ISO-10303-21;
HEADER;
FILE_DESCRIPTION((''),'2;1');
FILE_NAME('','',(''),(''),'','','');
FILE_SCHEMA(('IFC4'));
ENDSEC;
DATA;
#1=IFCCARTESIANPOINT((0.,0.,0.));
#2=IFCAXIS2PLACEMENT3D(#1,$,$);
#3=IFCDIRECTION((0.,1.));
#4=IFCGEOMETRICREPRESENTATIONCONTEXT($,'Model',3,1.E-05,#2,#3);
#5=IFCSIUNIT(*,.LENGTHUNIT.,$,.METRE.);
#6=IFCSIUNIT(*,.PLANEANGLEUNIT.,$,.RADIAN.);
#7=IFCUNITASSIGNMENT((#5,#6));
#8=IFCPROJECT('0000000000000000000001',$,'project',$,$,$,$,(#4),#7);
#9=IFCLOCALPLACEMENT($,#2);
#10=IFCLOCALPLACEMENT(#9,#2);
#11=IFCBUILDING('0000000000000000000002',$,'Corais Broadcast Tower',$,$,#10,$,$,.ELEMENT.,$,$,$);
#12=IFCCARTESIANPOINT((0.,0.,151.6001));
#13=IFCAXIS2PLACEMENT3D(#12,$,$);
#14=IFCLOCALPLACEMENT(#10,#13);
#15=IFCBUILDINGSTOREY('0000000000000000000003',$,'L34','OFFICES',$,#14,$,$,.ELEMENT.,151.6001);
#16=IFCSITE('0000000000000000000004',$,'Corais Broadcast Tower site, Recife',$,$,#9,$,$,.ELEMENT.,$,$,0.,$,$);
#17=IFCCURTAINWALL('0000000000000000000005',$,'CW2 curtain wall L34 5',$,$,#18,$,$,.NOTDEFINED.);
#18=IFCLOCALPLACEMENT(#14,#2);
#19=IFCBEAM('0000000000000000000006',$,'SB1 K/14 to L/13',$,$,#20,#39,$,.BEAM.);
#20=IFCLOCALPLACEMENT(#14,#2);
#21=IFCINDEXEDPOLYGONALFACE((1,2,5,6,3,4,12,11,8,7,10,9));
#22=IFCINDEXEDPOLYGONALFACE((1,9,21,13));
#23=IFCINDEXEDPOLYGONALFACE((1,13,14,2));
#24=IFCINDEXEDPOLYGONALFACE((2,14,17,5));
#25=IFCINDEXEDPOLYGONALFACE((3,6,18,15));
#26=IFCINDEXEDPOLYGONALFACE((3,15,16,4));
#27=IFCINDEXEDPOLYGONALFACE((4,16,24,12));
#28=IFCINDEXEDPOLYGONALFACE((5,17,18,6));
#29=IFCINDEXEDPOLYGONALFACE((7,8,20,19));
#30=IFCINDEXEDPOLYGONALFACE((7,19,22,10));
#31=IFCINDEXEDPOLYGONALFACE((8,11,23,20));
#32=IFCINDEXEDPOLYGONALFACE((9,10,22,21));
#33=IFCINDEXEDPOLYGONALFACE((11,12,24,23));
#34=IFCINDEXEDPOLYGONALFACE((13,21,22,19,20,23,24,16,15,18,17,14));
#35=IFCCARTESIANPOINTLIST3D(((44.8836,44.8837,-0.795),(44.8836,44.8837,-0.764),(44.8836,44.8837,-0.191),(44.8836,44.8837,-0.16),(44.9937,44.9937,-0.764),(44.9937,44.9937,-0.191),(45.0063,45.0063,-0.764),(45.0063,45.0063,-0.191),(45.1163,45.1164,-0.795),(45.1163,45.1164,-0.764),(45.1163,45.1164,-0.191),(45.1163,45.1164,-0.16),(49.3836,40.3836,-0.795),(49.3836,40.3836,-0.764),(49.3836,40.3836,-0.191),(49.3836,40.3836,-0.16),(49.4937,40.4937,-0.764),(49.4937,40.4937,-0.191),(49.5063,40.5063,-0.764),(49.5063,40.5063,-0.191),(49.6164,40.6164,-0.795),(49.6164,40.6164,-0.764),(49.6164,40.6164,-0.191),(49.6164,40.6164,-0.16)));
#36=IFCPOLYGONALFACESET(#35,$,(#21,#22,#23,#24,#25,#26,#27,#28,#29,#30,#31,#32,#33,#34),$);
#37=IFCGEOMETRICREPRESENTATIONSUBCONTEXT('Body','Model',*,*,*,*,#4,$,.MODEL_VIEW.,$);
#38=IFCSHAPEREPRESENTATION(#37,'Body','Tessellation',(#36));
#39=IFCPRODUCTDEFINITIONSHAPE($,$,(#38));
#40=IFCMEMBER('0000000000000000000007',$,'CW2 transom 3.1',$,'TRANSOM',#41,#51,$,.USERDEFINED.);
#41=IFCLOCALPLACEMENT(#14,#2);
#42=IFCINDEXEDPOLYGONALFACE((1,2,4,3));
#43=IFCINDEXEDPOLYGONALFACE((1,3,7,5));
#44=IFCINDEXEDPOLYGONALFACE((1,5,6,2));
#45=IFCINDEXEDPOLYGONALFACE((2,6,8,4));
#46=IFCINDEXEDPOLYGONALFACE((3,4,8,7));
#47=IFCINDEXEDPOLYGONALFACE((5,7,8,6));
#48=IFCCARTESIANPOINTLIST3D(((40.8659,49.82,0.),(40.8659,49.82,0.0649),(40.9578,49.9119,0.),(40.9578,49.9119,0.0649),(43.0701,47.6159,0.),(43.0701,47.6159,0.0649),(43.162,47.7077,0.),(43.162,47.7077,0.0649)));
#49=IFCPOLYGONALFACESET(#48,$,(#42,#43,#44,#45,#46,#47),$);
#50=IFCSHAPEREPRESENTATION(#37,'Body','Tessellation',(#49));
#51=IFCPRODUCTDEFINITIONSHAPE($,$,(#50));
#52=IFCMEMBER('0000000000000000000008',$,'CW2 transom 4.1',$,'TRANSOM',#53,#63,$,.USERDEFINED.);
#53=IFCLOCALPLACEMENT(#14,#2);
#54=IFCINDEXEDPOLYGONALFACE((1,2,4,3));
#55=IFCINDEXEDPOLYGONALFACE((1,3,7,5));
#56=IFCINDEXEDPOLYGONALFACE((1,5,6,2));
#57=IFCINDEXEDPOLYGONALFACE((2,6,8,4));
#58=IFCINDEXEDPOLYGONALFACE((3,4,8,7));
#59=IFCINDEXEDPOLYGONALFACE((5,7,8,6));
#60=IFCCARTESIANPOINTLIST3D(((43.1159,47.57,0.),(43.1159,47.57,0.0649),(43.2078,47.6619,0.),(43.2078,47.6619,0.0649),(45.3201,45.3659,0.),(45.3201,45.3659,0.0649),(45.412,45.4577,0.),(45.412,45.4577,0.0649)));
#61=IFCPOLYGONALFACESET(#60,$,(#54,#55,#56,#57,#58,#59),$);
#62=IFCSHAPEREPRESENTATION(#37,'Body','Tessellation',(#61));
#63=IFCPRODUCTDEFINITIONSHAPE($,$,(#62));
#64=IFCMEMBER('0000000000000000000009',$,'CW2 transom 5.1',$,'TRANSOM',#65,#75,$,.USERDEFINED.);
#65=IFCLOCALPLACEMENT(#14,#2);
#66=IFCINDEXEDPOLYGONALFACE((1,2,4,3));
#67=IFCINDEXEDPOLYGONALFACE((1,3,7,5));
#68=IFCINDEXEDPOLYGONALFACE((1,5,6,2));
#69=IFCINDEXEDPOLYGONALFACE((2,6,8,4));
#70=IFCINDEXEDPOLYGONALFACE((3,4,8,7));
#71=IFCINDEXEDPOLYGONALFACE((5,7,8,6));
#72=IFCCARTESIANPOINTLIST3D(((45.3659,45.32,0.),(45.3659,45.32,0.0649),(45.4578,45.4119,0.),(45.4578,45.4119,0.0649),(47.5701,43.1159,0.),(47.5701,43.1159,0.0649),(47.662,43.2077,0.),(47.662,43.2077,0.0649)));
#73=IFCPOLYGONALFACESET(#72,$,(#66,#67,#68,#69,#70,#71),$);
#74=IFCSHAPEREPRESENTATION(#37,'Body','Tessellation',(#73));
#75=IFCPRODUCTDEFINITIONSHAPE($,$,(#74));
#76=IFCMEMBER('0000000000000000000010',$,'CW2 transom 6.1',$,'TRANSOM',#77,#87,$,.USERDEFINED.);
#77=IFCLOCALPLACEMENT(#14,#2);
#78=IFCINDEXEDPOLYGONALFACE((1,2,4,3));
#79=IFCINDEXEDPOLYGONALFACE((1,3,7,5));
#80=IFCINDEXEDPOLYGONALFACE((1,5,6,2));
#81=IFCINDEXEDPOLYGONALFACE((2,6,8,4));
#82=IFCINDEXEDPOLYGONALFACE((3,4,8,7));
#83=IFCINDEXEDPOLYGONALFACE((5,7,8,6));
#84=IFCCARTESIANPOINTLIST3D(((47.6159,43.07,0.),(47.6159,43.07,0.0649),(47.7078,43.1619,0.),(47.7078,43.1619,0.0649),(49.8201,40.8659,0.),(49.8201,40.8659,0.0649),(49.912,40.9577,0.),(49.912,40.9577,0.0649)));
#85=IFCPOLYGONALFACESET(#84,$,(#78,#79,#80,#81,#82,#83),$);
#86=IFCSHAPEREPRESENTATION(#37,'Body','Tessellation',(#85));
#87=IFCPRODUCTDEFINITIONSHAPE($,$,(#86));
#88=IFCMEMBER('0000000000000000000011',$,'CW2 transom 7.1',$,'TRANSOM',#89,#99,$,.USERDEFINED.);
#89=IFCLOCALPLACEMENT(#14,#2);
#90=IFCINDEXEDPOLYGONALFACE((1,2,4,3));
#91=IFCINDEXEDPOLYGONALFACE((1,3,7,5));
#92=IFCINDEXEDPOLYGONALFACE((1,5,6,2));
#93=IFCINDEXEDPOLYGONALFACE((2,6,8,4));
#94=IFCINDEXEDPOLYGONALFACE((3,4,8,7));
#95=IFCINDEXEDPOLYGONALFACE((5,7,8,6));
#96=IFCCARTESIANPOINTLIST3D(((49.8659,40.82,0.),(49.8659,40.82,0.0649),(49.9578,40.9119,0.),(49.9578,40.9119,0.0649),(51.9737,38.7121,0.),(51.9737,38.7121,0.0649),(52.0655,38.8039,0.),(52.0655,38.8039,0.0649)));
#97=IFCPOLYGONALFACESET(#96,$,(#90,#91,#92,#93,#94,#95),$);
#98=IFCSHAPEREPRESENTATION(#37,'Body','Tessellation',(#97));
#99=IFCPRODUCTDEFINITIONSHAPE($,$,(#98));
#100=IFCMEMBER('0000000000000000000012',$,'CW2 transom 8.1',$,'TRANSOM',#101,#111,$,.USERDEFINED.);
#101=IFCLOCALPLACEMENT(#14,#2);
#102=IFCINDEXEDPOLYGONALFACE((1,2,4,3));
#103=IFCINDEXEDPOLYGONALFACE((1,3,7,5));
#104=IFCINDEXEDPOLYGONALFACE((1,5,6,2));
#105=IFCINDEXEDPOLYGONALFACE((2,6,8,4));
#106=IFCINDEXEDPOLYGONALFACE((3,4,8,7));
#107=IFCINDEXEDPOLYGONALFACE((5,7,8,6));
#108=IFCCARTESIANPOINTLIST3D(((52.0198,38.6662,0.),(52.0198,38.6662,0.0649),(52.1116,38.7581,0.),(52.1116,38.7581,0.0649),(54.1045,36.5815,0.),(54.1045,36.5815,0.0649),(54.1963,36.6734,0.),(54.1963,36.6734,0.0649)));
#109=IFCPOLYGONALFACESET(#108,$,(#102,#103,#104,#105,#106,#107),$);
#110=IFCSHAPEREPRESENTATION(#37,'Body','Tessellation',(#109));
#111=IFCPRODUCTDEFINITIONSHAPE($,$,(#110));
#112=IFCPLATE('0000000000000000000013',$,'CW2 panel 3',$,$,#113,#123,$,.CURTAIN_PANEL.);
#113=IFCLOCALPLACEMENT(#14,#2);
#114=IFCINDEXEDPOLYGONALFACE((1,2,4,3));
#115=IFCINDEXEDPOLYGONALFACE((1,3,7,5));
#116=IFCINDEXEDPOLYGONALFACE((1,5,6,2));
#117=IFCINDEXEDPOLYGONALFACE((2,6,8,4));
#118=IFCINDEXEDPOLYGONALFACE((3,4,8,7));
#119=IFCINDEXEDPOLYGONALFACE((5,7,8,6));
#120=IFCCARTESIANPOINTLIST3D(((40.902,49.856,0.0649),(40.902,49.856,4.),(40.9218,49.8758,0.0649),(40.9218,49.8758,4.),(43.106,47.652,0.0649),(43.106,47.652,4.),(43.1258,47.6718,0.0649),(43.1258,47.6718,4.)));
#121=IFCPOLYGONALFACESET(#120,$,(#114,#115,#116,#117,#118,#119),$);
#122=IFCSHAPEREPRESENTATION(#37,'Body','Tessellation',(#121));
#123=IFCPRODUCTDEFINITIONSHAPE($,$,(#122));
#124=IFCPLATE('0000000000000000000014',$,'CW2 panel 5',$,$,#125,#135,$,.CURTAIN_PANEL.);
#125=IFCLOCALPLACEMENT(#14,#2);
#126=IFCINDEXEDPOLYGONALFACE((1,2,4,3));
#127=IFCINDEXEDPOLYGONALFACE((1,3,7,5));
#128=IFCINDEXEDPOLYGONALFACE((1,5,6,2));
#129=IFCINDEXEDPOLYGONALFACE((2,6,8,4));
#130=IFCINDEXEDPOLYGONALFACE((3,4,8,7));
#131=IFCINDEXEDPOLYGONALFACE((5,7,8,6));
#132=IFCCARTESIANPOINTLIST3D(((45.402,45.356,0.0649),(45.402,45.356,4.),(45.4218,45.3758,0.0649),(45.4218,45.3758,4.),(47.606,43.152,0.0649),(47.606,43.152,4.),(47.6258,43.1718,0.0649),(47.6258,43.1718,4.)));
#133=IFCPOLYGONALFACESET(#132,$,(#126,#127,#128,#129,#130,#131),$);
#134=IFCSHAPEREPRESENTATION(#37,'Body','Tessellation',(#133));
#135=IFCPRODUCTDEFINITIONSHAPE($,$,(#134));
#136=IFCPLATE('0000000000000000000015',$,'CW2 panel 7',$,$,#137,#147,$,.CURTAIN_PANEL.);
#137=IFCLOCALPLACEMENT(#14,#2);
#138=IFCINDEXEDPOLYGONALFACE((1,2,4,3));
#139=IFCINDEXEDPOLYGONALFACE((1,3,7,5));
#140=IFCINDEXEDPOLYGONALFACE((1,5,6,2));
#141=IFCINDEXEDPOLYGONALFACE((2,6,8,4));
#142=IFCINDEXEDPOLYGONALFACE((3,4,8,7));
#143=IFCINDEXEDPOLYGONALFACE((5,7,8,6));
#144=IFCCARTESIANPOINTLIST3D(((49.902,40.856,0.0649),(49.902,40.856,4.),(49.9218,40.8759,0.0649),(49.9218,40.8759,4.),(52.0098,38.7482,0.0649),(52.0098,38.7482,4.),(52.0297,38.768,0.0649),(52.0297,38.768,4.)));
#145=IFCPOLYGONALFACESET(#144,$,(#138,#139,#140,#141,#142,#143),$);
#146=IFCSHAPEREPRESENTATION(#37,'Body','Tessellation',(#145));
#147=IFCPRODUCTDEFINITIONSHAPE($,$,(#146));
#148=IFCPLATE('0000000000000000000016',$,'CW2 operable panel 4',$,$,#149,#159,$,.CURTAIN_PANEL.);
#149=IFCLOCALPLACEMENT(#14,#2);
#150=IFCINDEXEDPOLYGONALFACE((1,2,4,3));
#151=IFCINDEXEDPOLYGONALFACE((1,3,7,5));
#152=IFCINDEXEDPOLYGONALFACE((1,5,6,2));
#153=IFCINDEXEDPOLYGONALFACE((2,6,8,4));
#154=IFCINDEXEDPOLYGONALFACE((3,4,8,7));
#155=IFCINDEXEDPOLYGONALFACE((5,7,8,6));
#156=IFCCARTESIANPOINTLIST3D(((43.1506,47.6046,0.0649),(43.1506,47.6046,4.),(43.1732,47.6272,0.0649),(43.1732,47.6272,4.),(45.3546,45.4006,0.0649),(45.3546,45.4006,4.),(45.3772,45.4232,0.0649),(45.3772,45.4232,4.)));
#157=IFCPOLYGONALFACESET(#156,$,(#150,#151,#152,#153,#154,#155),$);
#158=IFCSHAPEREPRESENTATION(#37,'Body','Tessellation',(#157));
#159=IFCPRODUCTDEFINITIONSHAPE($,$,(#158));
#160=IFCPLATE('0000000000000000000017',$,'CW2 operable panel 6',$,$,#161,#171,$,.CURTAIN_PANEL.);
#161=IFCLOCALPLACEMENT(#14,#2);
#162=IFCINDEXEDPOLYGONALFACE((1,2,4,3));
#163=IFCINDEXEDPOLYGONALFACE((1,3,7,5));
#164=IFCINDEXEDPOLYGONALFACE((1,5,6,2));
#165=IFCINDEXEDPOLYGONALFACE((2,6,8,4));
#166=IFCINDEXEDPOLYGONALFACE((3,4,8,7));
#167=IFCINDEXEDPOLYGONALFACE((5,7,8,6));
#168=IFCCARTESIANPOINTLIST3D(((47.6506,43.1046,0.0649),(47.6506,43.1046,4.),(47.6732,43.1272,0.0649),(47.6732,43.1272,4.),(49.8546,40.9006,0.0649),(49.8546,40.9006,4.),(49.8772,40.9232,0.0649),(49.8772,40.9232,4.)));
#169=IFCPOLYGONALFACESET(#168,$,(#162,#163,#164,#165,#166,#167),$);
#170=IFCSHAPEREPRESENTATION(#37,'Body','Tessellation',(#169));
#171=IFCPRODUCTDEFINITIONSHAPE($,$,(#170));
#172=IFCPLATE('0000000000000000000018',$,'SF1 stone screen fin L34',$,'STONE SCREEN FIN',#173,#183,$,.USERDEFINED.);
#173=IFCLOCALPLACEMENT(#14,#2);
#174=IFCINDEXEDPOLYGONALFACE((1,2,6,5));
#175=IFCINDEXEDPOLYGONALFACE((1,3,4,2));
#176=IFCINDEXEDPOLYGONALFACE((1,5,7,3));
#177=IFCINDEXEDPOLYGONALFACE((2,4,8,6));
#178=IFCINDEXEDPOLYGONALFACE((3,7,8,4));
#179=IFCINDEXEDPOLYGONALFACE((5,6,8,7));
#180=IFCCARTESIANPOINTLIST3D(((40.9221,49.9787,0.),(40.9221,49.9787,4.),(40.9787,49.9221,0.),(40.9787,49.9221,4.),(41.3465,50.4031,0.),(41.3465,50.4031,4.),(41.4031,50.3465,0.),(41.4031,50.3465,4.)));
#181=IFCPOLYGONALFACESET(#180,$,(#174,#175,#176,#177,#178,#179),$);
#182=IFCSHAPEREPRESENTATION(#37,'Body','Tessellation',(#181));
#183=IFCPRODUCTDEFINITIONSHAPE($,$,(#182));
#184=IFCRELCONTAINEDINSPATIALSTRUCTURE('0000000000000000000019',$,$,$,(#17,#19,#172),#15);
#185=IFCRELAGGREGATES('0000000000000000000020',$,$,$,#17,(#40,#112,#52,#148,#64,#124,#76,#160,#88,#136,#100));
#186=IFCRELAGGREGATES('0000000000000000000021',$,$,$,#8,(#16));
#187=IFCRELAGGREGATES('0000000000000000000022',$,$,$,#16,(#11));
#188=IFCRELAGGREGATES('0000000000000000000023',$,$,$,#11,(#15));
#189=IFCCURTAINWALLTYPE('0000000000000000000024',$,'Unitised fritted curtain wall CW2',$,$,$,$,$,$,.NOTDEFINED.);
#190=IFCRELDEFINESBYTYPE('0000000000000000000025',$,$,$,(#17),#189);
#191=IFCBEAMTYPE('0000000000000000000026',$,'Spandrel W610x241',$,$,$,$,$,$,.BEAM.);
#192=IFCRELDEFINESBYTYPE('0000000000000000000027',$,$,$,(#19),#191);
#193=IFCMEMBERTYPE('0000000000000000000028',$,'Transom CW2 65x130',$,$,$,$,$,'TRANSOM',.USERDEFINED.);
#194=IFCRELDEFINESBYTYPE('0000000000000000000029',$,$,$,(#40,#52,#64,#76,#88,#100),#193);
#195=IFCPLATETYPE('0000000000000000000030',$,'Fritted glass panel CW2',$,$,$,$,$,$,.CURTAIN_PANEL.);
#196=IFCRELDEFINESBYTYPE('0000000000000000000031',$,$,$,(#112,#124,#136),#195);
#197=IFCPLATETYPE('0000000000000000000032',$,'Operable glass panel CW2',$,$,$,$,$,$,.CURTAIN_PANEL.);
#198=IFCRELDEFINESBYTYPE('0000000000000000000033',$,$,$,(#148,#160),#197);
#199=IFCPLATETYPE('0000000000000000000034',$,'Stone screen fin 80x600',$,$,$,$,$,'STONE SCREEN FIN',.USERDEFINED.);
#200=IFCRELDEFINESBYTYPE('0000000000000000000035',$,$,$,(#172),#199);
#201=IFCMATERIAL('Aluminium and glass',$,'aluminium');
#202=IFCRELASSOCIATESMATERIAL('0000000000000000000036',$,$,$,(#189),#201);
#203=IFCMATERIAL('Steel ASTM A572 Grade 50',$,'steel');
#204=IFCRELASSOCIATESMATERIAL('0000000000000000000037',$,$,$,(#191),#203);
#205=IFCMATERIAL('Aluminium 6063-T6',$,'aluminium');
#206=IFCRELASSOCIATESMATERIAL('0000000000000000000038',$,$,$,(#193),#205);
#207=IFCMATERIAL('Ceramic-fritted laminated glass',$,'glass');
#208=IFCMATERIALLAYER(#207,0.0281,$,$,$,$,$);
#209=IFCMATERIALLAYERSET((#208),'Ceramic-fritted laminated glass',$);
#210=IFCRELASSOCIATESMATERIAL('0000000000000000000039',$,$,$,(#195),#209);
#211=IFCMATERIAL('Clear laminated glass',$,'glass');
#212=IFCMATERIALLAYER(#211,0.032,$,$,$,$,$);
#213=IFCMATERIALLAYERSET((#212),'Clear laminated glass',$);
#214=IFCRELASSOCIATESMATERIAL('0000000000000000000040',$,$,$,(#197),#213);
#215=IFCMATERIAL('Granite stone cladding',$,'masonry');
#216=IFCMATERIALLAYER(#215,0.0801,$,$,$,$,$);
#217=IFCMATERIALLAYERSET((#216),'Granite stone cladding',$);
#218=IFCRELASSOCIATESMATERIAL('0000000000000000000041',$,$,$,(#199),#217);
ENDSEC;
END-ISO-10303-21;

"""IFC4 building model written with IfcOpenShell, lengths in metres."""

from ifc_helpers import new_model, si_unit, direction, frame, origin, origin_2d, place, context, subcontext, project, spatial, rectangle, i_section, extrude, material, layer, layer_set, material_profile, profile_set, type_object, element, aggregate, save


model = new_model("IFC4")

# Units and contexts
model_context = context("Model", 3, precision=1e-05, world=origin(), true_north=direction((0.0, 1.0)))
body_context = subcontext(model_context, "Body", "Model", "MODEL_VIEW")
ifc_project = project(units=[si_unit("LENGTHUNIT", "METRE"), si_unit("PLANEANGLEUNIT", "RADIAN")], contexts=[model_context])

# Site, building, storey
site_placement = place(None, origin())
site = spatial("IfcSite", under=ifc_project, at=site_placement, Name="Corais Broadcast Tower site, Recife", CompositionType="ELEMENT", RefElevation=0.0)
building_placement = place(site_placement, origin())
building = spatial("IfcBuilding", under=site, at=building_placement, Name="Corais Broadcast Tower", CompositionType="ELEMENT")
storey_placement = place(building_placement, frame((0.0, 0.0, 151.6001)))
storey = spatial("IfcBuildingStorey", under=building, at=storey_placement, Name="L34", Description="OFFICES", CompositionType="ELEMENT", Elevation=151.6001)

# Curtain wall
ifc_material_1 = material(Name="Aluminium and glass", Category="aluminium")
curtain_wall_type = type_object("IfcCurtainWallType", Name="Unitised fritted curtain wall CW2", PredefinedType="NOTDEFINED", material=ifc_material_1)
curtain_wall_placement = place(storey_placement, origin())
curtain_wall = element("IfcCurtainWall", 1, at=curtain_wall_placement, inside=storey, type_object=curtain_wall_type, Name="CW2 curtain wall L34 5", PredefinedType="NOTDEFINED")

# Beam
ifc_material_2 = material(Name="Steel ASTM A572 Grade 50", Category="steel")
ifc_material_profile_1 = material_profile(ifc_material_2, i_section(OverallWidth=0.3291, OverallDepth=0.635, WebThickness=0.0178, FlangeThickness=0.031, at=origin_2d()), Name="W610x241")
ifc_profile_set_1 = profile_set([ifc_material_profile_1], Name="Steel ASTM A572 Grade 50")
beam_type_1 = type_object("IfcBeamType", Name="Spandrel W610x241", PredefinedType="BEAM", material=ifc_profile_set_1)
for number, where, z_axis, x_axis, name in (
    (2, (49.5, 40.5, -0.4775), (-0.707107, 0.707107, 0.0), (-0.707107, -0.707107, 0.0), "SB1 K/14 to L/13"),
):
    element("IfcBeam", number, at=place(storey_placement, frame(where, z_axis=z_axis, x_axis=x_axis)), inside=storey, type_object=beam_type_1, Name=name, PredefinedType="BEAM", context=body_context, shape_type="SweptSolid", body=[
        extrude(i_section(OverallWidth=0.3291, OverallDepth=0.635, WebThickness=0.0178, FlangeThickness=0.031, at=origin_2d()), origin(), (0.0, 0.0, 1.0), 6.364),
    ])

# Members
ifc_material_3 = material(Name="Aluminium 6063-T6", Category="aluminium")
ifc_material_profile_2 = material_profile(ifc_material_3, rectangle(XDim=0.1299, YDim=0.0649, at=origin_2d()), Name="Transom CW2 65x130")
ifc_profile_set_2 = profile_set([ifc_material_profile_2], Name="Aluminium 6063-T6")
member_type_1 = type_object("IfcMemberType", Name="Transom CW2 65x130", ElementType="TRANSOM", PredefinedType="USERDEFINED", material=ifc_profile_set_2)
member_1_placement = place(storey_placement, frame((40.9119, 49.866, 0.0325), z_axis=(0.707107, -0.707107, 0.0), x_axis=(0.707107, 0.707107, 0.0)))
member_1 = element("IfcMember", 3, at=member_1_placement, type_object=member_type_1, Name="CW2 transom 3.1", ObjectType="TRANSOM", PredefinedType="USERDEFINED", context=body_context, shape_type="SweptSolid", body=[
    extrude(rectangle(XDim=0.1299, YDim=0.0649, at=origin_2d()), origin(), (0.0, 0.0, 1.0), 3.1172),
])
member_2_placement = place(storey_placement, frame((43.1619, 47.616, 0.0325), z_axis=(0.707107, -0.707107, 0.0), x_axis=(0.707107, 0.707107, 0.0)))
member_2 = element("IfcMember", 4, at=member_2_placement, type_object=member_type_1, Name="CW2 transom 4.1", ObjectType="TRANSOM", PredefinedType="USERDEFINED", context=body_context, shape_type="SweptSolid", body=[
    extrude(rectangle(XDim=0.1299, YDim=0.0649, at=origin_2d()), origin(), (0.0, 0.0, 1.0), 3.1172),
])
member_3_placement = place(storey_placement, frame((45.4119, 45.366, 0.0325), z_axis=(0.707107, -0.707107, 0.0), x_axis=(0.707107, 0.707107, 0.0)))
member_3 = element("IfcMember", 5, at=member_3_placement, type_object=member_type_1, Name="CW2 transom 5.1", ObjectType="TRANSOM", PredefinedType="USERDEFINED", context=body_context, shape_type="SweptSolid", body=[
    extrude(rectangle(XDim=0.1299, YDim=0.0649, at=origin_2d()), origin(), (0.0, 0.0, 1.0), 3.1172),
])
member_4_placement = place(storey_placement, frame((47.6619, 43.116, 0.0325), z_axis=(0.707107, -0.707107, 0.0), x_axis=(0.707107, 0.707107, 0.0)))
member_4 = element("IfcMember", 6, at=member_4_placement, type_object=member_type_1, Name="CW2 transom 6.1", ObjectType="TRANSOM", PredefinedType="USERDEFINED", context=body_context, shape_type="SweptSolid", body=[
    extrude(rectangle(XDim=0.1299, YDim=0.0649, at=origin_2d()), origin(), (0.0, 0.0, 1.0), 3.1172),
])
member_5_placement = place(storey_placement, frame((49.9119, 40.866, 0.0325), z_axis=(0.707066, -0.707148, 0.0), x_axis=(0.707148, 0.707066, 0.0)))
member_5 = element("IfcMember", 7, at=member_5_placement, type_object=member_type_1, Name="CW2 transom 7.1", ObjectType="TRANSOM", PredefinedType="USERDEFINED", context=body_context, shape_type="SweptSolid", body=[
    extrude(rectangle(XDim=0.1299, YDim=0.0649, at=origin_2d()), origin(), (0.0, 0.0, 1.0), 2.981),
])
member_6_placement = place(storey_placement, frame((52.0657, 38.7122, 0.0325), z_axis=(0.707107, -0.707107, 0.0), x_axis=(0.707107, 0.707107, 0.0)))
member_6 = element("IfcMember", 8, at=member_6_placement, type_object=member_type_1, Name="CW2 transom 8.1", ObjectType="TRANSOM", PredefinedType="USERDEFINED", context=body_context, shape_type="SweptSolid", body=[
    extrude(rectangle(XDim=0.1299, YDim=0.0649, at=origin_2d()), origin(), (0.0, 0.0, 1.0), 2.9482),
])

# Plates
ifc_material_4 = material(Name="Ceramic-fritted laminated glass", Category="glass")
ifc_layer_1 = layer(ifc_material_4, 0.0281)
ifc_layer_set_1 = layer_set([ifc_layer_1], Name="Ceramic-fritted laminated glass")
plate_type_1 = type_object("IfcPlateType", Name="Fritted glass panel CW2", PredefinedType="CURTAIN_PANEL", material=ifc_layer_set_1)
plate_1_placement = place(storey_placement, frame((42.0139, 48.7639, 0.0649), z_axis=(0.0, 0.0, 1.0), x_axis=(0.707107, -0.707107, 0.0)))
plate_1 = element("IfcPlate", 9, at=plate_1_placement, type_object=plate_type_1, Name="CW2 panel 3", PredefinedType="CURTAIN_PANEL", context=body_context, shape_type="SweptSolid", body=[
    extrude(rectangle(XDim=3.1169, YDim=0.0281, at=origin_2d()), origin(), (0.0, 0.0, 1.0), 3.9351),
])
plate_2_placement = place(storey_placement, frame((46.5139, 44.2639, 0.0649), z_axis=(0.0, 0.0, 1.0), x_axis=(0.707107, -0.707107, 0.0)))
plate_2 = element("IfcPlate", 10, at=plate_2_placement, type_object=plate_type_1, Name="CW2 panel 5", PredefinedType="CURTAIN_PANEL", context=body_context, shape_type="SweptSolid", body=[
    extrude(rectangle(XDim=3.1169, YDim=0.0281, at=origin_2d()), origin(), (0.0, 0.0, 1.0), 3.9351),
])
plate_3_placement = place(storey_placement, frame((50.9658, 39.812, 0.0649), z_axis=(0.0, 0.0, 1.0), x_axis=(0.707107, -0.707107, 0.0)))
plate_3 = element("IfcPlate", 11, at=plate_3_placement, type_object=plate_type_1, Name="CW2 panel 7", PredefinedType="CURTAIN_PANEL", context=body_context, shape_type="SweptSolid", body=[
    extrude(rectangle(XDim=2.981, YDim=0.0281, at=origin_2d()), origin(), (0.0, 0.0, 1.0), 3.9351),
])
ifc_material_5 = material(Name="Clear laminated glass", Category="glass")
ifc_layer_2 = layer(ifc_material_5, 0.032)
ifc_layer_set_2 = layer_set([ifc_layer_2], Name="Clear laminated glass")
plate_type_2 = type_object("IfcPlateType", Name="Operable glass panel CW2", PredefinedType="CURTAIN_PANEL", material=ifc_layer_set_2)
plate_4_placement = place(storey_placement, frame((44.2639, 46.5139, 0.0649), z_axis=(0.0, 0.0, 1.0), x_axis=(0.707107, -0.707107, 0.0)))
plate_4 = element("IfcPlate", 12, at=plate_4_placement, type_object=plate_type_2, Name="CW2 operable panel 4", PredefinedType="CURTAIN_PANEL", context=body_context, shape_type="SweptSolid", body=[
    extrude(rectangle(XDim=3.1169, YDim=0.032, at=origin_2d()), origin(), (0.0, 0.0, 1.0), 3.9351),
])
plate_5_placement = place(storey_placement, frame((48.7639, 42.0139, 0.0649), z_axis=(0.0, 0.0, 1.0), x_axis=(0.707107, -0.707107, 0.0)))
plate_5 = element("IfcPlate", 13, at=plate_5_placement, type_object=plate_type_2, Name="CW2 operable panel 6", PredefinedType="CURTAIN_PANEL", context=body_context, shape_type="SweptSolid", body=[
    extrude(rectangle(XDim=3.1169, YDim=0.032, at=origin_2d()), origin(), (0.0, 0.0, 1.0), 3.9351),
])
aggregate(curtain_wall, [member_1, plate_1, member_2, plate_4, member_3, plate_2, member_4, plate_5, member_5, plate_3, member_6])

# Plate
ifc_material_6 = material(Name="Granite stone cladding", Category="masonry")
ifc_layer_3 = layer(ifc_material_6, 0.0801)
ifc_layer_set_3 = layer_set([ifc_layer_3], Name="Granite stone cladding")
plate_type_3 = type_object("IfcPlateType", Name="Stone screen fin 80x600", ElementType="STONE SCREEN FIN", PredefinedType="USERDEFINED", material=ifc_layer_set_3)
for number, where, z_axis, x_axis, name in (
    (14, (41.1626, 50.1626, 0.0), (0.0, 0.0, 1.0), (0.707107, -0.707107, 0.0), "SF1 stone screen fin L34"),
):
    element("IfcPlate", number, at=place(storey_placement, frame(where, z_axis=z_axis, x_axis=x_axis)), inside=storey, type_object=plate_type_3, Name=name, ObjectType="STONE SCREEN FIN", PredefinedType="USERDEFINED", context=body_context, shape_type="SweptSolid", body=[
        extrude(rectangle(XDim=0.0801, YDim=0.6001, at=origin_2d()), origin(), (0.0, 0.0, 1.0), 4.0),
    ])

save(model, "model.ifc")
